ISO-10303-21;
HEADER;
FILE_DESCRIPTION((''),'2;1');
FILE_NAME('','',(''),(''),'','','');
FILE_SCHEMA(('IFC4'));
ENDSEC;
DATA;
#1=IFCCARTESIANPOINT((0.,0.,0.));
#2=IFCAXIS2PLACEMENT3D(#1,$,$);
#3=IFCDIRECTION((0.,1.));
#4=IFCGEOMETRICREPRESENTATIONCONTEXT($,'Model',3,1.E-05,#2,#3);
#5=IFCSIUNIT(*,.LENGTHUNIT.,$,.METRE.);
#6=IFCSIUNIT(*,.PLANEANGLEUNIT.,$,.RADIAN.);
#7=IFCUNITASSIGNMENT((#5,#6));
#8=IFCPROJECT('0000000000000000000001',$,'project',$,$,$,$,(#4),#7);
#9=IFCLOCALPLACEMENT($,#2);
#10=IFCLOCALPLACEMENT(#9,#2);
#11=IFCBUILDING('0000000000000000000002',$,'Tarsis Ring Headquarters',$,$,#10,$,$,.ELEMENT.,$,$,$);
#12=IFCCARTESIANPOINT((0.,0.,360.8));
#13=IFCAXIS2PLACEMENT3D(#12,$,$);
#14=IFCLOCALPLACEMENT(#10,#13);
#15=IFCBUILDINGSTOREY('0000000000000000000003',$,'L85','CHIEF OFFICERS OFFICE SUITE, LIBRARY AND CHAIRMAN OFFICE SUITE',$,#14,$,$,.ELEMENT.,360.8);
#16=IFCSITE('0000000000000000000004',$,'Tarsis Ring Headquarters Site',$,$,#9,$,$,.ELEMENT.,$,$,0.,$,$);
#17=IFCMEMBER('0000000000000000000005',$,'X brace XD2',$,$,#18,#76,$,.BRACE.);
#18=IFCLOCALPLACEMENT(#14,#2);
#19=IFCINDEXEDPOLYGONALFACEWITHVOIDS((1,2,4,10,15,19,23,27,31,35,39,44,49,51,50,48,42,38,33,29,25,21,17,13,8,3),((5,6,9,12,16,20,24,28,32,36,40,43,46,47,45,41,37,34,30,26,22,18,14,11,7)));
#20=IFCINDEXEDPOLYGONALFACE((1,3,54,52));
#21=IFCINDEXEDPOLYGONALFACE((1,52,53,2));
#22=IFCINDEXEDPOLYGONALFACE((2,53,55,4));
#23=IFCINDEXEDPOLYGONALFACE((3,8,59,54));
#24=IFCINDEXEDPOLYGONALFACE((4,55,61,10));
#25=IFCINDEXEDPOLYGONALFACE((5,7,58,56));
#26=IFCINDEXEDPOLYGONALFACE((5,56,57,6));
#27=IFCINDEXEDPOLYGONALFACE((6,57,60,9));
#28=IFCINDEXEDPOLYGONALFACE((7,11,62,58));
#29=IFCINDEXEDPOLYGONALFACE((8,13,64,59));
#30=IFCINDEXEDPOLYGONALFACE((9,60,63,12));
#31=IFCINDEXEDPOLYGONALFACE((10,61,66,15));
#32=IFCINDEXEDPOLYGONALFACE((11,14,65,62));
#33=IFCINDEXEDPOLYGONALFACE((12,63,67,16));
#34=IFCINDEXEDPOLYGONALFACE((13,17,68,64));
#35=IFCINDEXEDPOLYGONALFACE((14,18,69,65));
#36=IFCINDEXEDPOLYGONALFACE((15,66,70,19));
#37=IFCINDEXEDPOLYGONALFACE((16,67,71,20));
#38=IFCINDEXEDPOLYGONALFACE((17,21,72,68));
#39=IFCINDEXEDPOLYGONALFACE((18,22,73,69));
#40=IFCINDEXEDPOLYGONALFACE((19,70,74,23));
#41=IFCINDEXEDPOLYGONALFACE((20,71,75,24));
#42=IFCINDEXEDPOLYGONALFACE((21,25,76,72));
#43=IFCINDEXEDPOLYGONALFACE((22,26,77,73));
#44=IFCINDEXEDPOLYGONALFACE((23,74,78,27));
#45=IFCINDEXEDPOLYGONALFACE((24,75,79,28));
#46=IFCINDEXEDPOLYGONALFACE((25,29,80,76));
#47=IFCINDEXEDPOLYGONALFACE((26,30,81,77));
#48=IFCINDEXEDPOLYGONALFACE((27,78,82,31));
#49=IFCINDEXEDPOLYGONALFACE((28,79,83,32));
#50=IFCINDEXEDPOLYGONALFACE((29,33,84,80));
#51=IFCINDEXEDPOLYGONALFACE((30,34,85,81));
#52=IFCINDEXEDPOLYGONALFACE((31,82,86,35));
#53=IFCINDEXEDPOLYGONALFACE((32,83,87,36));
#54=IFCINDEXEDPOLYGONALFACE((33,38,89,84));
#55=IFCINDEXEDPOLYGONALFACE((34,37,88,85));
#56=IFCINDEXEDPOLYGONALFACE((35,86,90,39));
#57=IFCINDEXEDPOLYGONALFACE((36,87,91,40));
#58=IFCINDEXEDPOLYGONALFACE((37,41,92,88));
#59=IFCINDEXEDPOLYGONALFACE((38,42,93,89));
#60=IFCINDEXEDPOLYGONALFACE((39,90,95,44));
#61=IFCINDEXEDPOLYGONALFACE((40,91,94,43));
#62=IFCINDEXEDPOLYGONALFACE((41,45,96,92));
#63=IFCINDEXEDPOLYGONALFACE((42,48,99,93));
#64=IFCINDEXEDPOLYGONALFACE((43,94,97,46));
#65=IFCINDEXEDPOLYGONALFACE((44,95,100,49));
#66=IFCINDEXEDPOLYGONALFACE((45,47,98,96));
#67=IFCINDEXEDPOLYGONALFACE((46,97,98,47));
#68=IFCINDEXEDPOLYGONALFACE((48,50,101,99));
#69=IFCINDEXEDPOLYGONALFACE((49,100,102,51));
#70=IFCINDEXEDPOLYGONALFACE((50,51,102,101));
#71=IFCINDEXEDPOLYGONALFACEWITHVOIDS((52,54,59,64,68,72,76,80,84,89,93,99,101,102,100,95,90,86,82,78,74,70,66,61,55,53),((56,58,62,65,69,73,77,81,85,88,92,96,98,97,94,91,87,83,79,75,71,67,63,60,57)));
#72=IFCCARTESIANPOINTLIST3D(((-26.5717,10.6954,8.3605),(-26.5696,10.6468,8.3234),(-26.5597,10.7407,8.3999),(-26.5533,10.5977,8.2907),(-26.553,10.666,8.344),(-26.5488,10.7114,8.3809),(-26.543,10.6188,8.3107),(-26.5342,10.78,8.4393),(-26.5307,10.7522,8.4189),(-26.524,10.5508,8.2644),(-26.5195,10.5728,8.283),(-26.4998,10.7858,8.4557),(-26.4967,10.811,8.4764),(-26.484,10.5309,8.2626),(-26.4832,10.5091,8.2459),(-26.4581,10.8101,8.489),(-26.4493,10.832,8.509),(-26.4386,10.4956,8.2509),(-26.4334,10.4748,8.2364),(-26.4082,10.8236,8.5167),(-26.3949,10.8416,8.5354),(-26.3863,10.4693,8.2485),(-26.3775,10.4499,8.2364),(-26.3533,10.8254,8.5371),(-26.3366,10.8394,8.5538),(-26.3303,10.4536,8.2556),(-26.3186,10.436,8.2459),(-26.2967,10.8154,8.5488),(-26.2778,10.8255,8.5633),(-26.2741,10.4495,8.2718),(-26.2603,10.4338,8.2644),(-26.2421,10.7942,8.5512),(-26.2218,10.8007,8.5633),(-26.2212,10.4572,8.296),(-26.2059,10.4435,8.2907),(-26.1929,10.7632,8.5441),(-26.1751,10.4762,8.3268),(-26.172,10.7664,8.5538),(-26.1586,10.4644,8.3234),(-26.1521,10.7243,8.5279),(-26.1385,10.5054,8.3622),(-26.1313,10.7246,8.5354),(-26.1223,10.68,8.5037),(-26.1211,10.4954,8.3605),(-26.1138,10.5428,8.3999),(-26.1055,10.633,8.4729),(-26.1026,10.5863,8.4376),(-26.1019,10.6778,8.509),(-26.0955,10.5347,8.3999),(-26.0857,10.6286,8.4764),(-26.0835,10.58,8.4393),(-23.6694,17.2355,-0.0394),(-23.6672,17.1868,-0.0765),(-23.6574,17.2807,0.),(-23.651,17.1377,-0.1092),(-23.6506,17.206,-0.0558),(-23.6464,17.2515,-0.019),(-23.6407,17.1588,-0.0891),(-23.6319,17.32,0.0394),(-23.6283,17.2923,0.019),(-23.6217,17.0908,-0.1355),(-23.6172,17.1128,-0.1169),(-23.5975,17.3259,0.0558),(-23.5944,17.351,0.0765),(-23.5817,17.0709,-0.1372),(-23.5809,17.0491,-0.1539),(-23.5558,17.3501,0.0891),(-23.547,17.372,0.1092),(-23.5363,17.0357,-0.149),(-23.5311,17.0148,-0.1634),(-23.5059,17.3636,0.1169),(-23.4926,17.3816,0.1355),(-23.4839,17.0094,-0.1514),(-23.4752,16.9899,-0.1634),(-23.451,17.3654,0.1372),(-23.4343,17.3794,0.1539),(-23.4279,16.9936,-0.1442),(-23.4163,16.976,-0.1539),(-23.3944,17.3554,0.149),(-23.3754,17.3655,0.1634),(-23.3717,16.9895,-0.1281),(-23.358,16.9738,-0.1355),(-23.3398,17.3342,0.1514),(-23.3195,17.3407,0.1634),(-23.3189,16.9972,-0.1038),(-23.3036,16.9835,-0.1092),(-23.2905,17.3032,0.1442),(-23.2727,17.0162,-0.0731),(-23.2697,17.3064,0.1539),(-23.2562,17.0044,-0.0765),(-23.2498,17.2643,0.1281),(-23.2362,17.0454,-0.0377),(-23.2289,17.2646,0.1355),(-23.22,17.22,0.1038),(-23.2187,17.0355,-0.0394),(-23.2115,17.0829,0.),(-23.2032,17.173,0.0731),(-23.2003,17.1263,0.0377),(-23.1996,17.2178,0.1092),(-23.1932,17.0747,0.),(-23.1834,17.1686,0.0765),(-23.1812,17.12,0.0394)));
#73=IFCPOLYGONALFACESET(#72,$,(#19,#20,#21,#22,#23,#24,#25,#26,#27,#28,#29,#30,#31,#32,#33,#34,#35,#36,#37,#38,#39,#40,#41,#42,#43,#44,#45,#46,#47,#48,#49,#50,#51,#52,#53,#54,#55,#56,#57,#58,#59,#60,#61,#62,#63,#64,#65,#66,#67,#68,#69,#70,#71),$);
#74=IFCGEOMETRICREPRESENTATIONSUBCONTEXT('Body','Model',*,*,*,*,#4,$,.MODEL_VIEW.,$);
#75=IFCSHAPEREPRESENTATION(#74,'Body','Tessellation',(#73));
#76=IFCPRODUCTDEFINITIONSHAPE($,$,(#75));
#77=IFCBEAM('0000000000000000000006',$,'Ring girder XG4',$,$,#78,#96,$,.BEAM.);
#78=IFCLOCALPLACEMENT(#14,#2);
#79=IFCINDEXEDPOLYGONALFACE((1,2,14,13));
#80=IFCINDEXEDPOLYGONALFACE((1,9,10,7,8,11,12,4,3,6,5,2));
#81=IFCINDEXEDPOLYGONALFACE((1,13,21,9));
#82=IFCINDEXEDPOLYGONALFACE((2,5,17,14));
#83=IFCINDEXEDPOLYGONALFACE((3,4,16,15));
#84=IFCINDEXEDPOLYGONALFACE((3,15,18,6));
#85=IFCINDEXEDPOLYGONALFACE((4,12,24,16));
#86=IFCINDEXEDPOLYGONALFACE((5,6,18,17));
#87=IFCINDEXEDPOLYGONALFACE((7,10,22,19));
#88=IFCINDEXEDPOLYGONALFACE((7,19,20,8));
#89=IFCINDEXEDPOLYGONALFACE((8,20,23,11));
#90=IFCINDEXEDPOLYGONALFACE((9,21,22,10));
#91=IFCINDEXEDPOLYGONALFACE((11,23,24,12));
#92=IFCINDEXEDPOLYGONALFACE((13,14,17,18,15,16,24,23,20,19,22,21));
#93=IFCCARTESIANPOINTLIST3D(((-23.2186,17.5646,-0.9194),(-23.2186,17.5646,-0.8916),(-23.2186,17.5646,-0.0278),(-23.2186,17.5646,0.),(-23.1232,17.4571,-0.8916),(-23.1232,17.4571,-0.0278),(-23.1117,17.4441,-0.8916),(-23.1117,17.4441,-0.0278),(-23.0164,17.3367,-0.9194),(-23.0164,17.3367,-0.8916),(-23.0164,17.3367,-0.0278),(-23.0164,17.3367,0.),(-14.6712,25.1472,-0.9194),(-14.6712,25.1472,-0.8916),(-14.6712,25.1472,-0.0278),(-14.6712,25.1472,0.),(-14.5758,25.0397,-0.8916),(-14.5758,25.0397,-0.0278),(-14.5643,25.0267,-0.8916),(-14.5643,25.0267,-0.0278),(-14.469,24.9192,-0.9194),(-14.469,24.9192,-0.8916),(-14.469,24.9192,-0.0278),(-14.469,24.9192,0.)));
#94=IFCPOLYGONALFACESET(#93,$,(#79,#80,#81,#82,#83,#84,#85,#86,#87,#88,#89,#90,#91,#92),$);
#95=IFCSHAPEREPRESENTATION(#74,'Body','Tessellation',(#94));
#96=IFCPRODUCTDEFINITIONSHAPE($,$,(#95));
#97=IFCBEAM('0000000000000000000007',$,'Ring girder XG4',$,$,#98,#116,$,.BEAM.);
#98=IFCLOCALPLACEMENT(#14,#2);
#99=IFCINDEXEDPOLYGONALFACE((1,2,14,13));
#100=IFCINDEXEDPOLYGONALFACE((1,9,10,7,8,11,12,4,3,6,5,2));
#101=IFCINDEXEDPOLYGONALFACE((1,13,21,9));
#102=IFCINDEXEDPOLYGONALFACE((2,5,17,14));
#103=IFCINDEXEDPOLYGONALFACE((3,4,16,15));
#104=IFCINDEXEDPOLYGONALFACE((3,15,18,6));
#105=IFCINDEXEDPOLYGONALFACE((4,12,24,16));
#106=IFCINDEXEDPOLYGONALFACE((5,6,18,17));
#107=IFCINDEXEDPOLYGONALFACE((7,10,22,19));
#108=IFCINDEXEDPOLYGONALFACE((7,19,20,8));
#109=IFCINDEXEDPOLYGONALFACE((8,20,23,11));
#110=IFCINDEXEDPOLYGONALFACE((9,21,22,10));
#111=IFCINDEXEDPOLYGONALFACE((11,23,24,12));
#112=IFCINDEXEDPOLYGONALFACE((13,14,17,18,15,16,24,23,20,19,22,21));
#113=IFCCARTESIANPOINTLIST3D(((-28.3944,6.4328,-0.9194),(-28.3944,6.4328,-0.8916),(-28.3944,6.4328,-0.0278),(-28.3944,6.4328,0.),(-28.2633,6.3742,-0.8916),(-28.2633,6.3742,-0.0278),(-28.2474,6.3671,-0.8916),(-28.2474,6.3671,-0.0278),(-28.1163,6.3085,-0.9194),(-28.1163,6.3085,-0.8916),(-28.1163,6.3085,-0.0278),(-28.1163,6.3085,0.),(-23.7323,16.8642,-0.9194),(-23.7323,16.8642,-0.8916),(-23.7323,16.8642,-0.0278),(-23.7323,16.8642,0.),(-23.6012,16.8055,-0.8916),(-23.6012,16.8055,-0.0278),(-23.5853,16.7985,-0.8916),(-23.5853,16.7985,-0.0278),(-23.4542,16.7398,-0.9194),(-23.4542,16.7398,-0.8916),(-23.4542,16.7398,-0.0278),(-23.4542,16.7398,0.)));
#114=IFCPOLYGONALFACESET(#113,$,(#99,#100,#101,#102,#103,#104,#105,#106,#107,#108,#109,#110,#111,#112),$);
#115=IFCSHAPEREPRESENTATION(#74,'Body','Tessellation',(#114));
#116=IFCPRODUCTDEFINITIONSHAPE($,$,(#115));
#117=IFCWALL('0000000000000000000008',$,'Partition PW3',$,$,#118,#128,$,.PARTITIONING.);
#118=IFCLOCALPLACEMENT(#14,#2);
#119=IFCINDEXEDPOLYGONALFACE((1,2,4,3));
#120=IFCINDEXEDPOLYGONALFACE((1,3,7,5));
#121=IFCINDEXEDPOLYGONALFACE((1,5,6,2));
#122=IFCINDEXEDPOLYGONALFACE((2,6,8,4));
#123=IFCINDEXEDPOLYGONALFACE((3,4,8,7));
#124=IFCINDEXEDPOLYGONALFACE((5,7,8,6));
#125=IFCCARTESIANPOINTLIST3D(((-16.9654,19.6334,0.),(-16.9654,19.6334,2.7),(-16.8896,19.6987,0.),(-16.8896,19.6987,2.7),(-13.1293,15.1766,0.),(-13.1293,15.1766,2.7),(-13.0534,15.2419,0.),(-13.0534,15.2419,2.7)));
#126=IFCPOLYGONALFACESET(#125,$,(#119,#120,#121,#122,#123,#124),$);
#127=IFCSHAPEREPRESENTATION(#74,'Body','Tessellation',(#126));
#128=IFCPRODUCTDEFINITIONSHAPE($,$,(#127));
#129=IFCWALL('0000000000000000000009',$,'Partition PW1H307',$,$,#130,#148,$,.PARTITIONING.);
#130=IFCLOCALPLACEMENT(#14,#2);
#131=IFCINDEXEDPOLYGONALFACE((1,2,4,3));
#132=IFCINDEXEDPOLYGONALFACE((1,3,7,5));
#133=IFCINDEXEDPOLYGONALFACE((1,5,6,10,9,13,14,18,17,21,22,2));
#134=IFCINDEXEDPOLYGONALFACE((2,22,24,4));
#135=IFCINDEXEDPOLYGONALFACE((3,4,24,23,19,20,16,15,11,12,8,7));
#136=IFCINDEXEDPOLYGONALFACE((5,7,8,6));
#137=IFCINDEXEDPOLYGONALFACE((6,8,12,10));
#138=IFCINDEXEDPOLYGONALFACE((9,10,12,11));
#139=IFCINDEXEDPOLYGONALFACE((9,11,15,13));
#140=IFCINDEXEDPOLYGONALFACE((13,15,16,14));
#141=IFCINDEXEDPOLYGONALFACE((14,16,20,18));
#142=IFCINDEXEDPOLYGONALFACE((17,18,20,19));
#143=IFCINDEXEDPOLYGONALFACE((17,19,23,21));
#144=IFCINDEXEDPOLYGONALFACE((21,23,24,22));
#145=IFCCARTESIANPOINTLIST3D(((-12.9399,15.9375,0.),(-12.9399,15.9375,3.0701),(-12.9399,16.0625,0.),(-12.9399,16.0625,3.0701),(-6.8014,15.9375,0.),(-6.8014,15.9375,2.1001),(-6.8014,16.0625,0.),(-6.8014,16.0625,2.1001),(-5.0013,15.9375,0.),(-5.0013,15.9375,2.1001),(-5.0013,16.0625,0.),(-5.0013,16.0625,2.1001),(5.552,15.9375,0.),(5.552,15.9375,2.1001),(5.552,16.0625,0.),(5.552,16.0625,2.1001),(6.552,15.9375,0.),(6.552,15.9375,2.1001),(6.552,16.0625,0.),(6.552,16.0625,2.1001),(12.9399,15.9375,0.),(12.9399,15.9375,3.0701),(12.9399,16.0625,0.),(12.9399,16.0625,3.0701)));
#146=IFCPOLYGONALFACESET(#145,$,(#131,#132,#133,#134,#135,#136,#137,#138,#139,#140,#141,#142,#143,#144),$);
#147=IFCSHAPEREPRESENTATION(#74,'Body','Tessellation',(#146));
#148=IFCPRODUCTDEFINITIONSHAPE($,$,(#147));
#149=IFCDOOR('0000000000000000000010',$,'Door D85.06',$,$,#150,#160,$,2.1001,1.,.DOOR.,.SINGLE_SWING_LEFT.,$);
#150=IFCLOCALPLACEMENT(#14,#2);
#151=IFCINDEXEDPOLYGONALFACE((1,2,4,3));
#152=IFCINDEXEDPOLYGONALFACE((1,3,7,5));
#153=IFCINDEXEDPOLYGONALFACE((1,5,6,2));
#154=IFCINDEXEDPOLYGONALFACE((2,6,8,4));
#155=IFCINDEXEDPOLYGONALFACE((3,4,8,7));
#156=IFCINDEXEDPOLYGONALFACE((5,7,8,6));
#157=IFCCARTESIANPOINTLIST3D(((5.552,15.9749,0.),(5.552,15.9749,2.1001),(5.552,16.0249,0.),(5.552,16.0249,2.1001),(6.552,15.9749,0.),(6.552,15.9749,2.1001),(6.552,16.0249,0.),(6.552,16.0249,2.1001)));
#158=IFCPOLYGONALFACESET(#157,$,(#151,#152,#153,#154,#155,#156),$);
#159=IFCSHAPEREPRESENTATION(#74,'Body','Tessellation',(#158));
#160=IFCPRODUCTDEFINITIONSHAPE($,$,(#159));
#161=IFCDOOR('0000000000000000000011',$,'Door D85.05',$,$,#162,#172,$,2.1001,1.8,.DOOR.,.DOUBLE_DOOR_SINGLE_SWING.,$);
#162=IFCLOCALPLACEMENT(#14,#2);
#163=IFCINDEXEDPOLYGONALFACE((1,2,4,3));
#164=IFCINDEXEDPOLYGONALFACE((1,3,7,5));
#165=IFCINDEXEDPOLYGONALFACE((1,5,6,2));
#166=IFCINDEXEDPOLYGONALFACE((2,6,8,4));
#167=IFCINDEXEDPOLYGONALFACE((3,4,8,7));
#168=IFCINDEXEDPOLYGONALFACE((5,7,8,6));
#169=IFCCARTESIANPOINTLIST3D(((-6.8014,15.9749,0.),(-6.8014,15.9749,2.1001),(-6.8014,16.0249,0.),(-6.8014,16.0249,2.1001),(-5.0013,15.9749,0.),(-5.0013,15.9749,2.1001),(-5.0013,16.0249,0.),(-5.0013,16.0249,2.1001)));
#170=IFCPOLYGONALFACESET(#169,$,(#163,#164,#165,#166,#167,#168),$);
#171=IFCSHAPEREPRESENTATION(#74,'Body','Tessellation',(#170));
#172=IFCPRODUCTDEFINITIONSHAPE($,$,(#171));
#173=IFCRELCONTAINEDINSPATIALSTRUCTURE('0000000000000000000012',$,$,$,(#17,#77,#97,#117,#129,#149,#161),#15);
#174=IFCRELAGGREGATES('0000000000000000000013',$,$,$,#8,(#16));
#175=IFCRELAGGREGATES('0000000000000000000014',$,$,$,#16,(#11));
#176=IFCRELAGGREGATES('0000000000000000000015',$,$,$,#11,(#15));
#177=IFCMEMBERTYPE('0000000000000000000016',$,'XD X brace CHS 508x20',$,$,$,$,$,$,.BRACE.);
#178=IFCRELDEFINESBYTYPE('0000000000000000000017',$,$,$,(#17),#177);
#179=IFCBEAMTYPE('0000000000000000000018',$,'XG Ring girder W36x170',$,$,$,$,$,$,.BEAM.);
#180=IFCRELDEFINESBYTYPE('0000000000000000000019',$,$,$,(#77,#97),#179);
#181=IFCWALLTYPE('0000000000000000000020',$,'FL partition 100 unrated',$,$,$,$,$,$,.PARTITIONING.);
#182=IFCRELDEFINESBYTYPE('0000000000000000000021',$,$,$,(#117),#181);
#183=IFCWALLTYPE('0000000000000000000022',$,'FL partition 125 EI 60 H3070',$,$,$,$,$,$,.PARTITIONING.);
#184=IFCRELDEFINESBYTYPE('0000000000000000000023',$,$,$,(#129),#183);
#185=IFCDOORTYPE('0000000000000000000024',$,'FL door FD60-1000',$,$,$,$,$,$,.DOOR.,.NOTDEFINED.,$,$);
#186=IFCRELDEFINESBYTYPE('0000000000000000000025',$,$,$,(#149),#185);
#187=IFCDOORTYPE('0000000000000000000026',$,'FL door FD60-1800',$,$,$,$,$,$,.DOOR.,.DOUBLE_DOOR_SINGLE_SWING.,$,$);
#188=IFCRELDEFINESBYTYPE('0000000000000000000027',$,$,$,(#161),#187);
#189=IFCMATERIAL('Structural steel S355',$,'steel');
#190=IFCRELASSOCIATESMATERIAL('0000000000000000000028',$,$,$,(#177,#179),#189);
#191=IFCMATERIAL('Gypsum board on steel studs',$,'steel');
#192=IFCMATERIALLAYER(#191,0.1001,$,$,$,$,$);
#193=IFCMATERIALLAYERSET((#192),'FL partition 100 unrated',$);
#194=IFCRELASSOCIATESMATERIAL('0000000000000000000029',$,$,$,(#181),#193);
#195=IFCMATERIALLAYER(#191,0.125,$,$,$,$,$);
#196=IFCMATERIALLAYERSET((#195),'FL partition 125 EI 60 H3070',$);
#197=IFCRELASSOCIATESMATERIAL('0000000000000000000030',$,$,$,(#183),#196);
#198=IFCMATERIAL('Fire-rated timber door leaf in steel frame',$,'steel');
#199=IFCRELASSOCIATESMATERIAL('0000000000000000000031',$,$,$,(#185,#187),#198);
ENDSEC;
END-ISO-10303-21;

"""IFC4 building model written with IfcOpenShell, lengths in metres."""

from ifc_helpers import new_model, si_unit, direction, frame, frame_2d, origin, origin_2d, place, context, subcontext, project, spatial, rectangle, hollow_circle, i_section, extrude, material, layer, layer_set, material_profile, profile_set, type_object, element, fill, save


model = new_model("IFC4")

# Units and contexts
model_context = context("Model", 3, precision=1e-05, world=origin(), true_north=direction((0.0, 1.0)))
body_context = subcontext(model_context, "Body", "Model", "MODEL_VIEW")
ifc_project = project(units=[si_unit("LENGTHUNIT", "METRE"), si_unit("PLANEANGLEUNIT", "RADIAN")], contexts=[model_context])

# Site, building, storey
site_placement = place(None, origin())
site = spatial("IfcSite", under=ifc_project, at=site_placement, Name="Tarsis Ring Headquarters Site", CompositionType="ELEMENT", RefElevation=0.0)
building_placement = place(site_placement, origin())
building = spatial("IfcBuilding", under=site, at=building_placement, Name="Tarsis Ring Headquarters", CompositionType="ELEMENT")
storey_placement = place(building_placement, frame((0.0, 0.0, 360.8)))
storey = spatial("IfcBuildingStorey", under=building, at=storey_placement, Name="L85", Description="CHIEF OFFICERS OFFICE SUITE, LIBRARY AND CHAIRMAN OFFICE SUITE", CompositionType="ELEMENT", Elevation=360.8)

# Shared definitions
ifc_material_1 = material(Name="Structural steel S355", Category="steel")

# Member
ifc_material_profile_1 = material_profile(ifc_material_1, hollow_circle(Radius=0.2539, WallThickness=0.02, at=origin_2d()), Name="CHS 508x20")
ifc_profile_set_1 = profile_set([ifc_material_profile_1], Name="Structural steel S355")
member_type = type_object("IfcMemberType", Name="XD X brace CHS 508x20", PredefinedType="BRACE", material=ifc_profile_set_1)
member_placement = place(storey_placement, frame((-23.4253, 17.1777, 0.0), z_axis=(-0.263031, -0.592705, 0.761259), x_axis=(0.914037, -0.405632, 0.0)))
element("IfcMember", 1, at=member_placement, inside=storey, type_object=member_type, Name="X brace XD2", PredefinedType="BRACE", context=body_context, shape_type="SweptSolid", body=[
    extrude(hollow_circle(Radius=0.2539, WallThickness=0.02, at=origin_2d()), origin(), (0.0, 0.0, 1.0), 11.0342),
])

# Beams
ifc_material_profile_2 = material_profile(ifc_material_1, i_section(OverallWidth=0.3047, OverallDepth=0.9194, WebThickness=0.0173, FlangeThickness=0.0278, at=origin_2d()), Name="W36x170")
ifc_profile_set_2 = profile_set([ifc_material_profile_2], Name="Structural steel S355")
beam_type_1 = type_object("IfcBeamType", Name="XG Ring girder W36x170", PredefinedType="BEAM", material=ifc_profile_set_2)
beam_1_placement = place(storey_placement, frame((-14.5701, 25.0332, -0.4597), z_axis=(-0.748067, -0.663623, 0.0), x_axis=(0.663623, -0.748067, 0.0)))
element("IfcBeam", 2, at=beam_1_placement, inside=storey, type_object=beam_type_1, Name="Ring girder XG4", PredefinedType="BEAM", context=body_context, shape_type="SweptSolid", body=[
    extrude(i_section(OverallWidth=0.3047, OverallDepth=0.9194, WebThickness=0.0173, FlangeThickness=0.0278, at=origin_2d()), origin(), (0.0, 0.0, 1.0), 11.426),
])
beam_2_placement = place(storey_placement, frame((-23.5933, 16.802, -0.4597), z_axis=(-0.408033, -0.912967, 0.0), x_axis=(0.912967, -0.408033, 0.0)))
element("IfcBeam", 3, at=beam_2_placement, inside=storey, type_object=beam_type_1, Name="Ring girder XG4", PredefinedType="BEAM", context=body_context, shape_type="SweptSolid", body=[
    extrude(i_section(OverallWidth=0.3047, OverallDepth=0.9194, WebThickness=0.0173, FlangeThickness=0.0278, at=origin_2d()), origin(), (0.0, 0.0, 1.0), 11.4258),
])

# Wall
ifc_material_2 = material(Name="Gypsum board on steel studs", Category="steel")
ifc_layer_1 = layer(ifc_material_2, 0.1001)
ifc_layer_set_1 = layer_set([ifc_layer_1], Name="FL partition 100 unrated")
wall_type_1 = type_object("IfcWallType", Name="FL partition 100 unrated", PredefinedType="PARTITIONING", material=ifc_layer_set_1)
wall_1_placement = place(storey_placement, frame((-16.9275, 19.666, 0.0), z_axis=(0.0, 0.0, 1.0), x_axis=(0.652366, -0.757904, 0.0)))
element("IfcWall", 4, at=wall_1_placement, inside=storey, type_object=wall_type_1, Name="Partition PW3", PredefinedType="PARTITIONING", context=body_context, shape_type="SweptSolid", body=[
    extrude(rectangle(XDim=5.8804, YDim=0.1001, at=frame_2d((2.9402, 0.0))), origin(), (0.0, 0.0, 1.0), 2.7),
])

# Wall, openings, doors
ifc_layer_2 = layer(ifc_material_2, 0.125)
ifc_layer_set_2 = layer_set([ifc_layer_2], Name="FL partition 125 EI 60 H3070")
wall_type_2 = type_object("IfcWallType", Name="FL partition 125 EI 60 H3070", PredefinedType="PARTITIONING", material=ifc_layer_set_2)
wall_2_placement = place(storey_placement, frame((-12.9399, 16.0, 0.0), z_axis=(0.0, 0.0, 1.0), x_axis=(1.0, 0.0, 0.0)))
wall_2 = element("IfcWall", 5, at=wall_2_placement, inside=storey, type_object=wall_type_2, Name="Partition PW1H307", PredefinedType="PARTITIONING", context=body_context, shape_type="SweptSolid", body=[
    extrude(rectangle(XDim=25.8799, YDim=0.125, at=frame_2d((12.9399, 0.0))), origin(), (0.0, 0.0, 1.0), 3.0701),
])
opening_1_placement = place(wall_2_placement, frame((6.1387, 0.0, 0.0)))
opening_1 = element("IfcOpeningElement", 6, at=opening_1_placement, cuts=wall_2, PredefinedType="OPENING", context=body_context, shape_type="SweptSolid", body=[
    extrude(rectangle(XDim=1.8, YDim=2.1001, at=frame_2d((0.8999, 1.05))), frame((0.0, 0.0725, 0.0), z_axis=(0.0, -1.0, 0.0), x_axis=(1.0, 0.0, 0.0)), (0.0, 0.0, 1.0), 0.145),
])
opening_2_placement = place(wall_2_placement, frame((18.4919, 0.0, 0.0)))
opening_2 = element("IfcOpeningElement", 7, at=opening_2_placement, cuts=wall_2, PredefinedType="OPENING", context=body_context, shape_type="SweptSolid", body=[
    extrude(rectangle(XDim=1.0, YDim=2.1001, at=frame_2d((0.5, 1.05))), frame((0.0, 0.0725, 0.0), z_axis=(0.0, -1.0, 0.0), x_axis=(1.0, 0.0, 0.0)), (0.0, 0.0, 1.0), 0.145),
])
ifc_material_3 = material(Name="Fire-rated timber door leaf in steel frame", Category="steel")
door_type_1 = type_object("IfcDoorType", Name="FL door FD60-1000", OperationType="NOTDEFINED", PredefinedType="DOOR", material=ifc_material_3)
door_1_placement = place(opening_2_placement, origin())
door_1 = element("IfcDoor", 8, at=door_1_placement, inside=storey, type_object=door_type_1, Name="Door D85.06", OperationType="SINGLE_SWING_LEFT", OverallHeight=2.1001, OverallWidth=1.0, PredefinedType="DOOR", context=body_context, shape_type="SweptSolid", body=[
    extrude(rectangle(XDim=1.0, YDim=2.1001, at=frame_2d((0.5, 1.05))), frame((0.0, 0.0249, 0.0), z_axis=(0.0, -1.0, 0.0), x_axis=(1.0, 0.0, 0.0)), (0.0, 0.0, 1.0), 0.05),
])
fill(opening_2, door_1)
door_type_2 = type_object("IfcDoorType", Name="FL door FD60-1800", OperationType="DOUBLE_DOOR_SINGLE_SWING", PredefinedType="DOOR", material=ifc_material_3)
door_2_placement = place(opening_1_placement, origin())
door_2 = element("IfcDoor", 9, at=door_2_placement, inside=storey, type_object=door_type_2, Name="Door D85.05", OperationType="DOUBLE_DOOR_SINGLE_SWING", OverallHeight=2.1001, OverallWidth=1.8, PredefinedType="DOOR", context=body_context, shape_type="SweptSolid", body=[
    extrude(rectangle(XDim=1.8, YDim=2.1001, at=frame_2d((0.8999, 1.05))), frame((0.0, 0.0249, 0.0), z_axis=(0.0, -1.0, 0.0), x_axis=(1.0, 0.0, 0.0)), (0.0, 0.0, 1.0), 0.05),
])
fill(opening_1, door_2)

save(model, "model.ifc")
